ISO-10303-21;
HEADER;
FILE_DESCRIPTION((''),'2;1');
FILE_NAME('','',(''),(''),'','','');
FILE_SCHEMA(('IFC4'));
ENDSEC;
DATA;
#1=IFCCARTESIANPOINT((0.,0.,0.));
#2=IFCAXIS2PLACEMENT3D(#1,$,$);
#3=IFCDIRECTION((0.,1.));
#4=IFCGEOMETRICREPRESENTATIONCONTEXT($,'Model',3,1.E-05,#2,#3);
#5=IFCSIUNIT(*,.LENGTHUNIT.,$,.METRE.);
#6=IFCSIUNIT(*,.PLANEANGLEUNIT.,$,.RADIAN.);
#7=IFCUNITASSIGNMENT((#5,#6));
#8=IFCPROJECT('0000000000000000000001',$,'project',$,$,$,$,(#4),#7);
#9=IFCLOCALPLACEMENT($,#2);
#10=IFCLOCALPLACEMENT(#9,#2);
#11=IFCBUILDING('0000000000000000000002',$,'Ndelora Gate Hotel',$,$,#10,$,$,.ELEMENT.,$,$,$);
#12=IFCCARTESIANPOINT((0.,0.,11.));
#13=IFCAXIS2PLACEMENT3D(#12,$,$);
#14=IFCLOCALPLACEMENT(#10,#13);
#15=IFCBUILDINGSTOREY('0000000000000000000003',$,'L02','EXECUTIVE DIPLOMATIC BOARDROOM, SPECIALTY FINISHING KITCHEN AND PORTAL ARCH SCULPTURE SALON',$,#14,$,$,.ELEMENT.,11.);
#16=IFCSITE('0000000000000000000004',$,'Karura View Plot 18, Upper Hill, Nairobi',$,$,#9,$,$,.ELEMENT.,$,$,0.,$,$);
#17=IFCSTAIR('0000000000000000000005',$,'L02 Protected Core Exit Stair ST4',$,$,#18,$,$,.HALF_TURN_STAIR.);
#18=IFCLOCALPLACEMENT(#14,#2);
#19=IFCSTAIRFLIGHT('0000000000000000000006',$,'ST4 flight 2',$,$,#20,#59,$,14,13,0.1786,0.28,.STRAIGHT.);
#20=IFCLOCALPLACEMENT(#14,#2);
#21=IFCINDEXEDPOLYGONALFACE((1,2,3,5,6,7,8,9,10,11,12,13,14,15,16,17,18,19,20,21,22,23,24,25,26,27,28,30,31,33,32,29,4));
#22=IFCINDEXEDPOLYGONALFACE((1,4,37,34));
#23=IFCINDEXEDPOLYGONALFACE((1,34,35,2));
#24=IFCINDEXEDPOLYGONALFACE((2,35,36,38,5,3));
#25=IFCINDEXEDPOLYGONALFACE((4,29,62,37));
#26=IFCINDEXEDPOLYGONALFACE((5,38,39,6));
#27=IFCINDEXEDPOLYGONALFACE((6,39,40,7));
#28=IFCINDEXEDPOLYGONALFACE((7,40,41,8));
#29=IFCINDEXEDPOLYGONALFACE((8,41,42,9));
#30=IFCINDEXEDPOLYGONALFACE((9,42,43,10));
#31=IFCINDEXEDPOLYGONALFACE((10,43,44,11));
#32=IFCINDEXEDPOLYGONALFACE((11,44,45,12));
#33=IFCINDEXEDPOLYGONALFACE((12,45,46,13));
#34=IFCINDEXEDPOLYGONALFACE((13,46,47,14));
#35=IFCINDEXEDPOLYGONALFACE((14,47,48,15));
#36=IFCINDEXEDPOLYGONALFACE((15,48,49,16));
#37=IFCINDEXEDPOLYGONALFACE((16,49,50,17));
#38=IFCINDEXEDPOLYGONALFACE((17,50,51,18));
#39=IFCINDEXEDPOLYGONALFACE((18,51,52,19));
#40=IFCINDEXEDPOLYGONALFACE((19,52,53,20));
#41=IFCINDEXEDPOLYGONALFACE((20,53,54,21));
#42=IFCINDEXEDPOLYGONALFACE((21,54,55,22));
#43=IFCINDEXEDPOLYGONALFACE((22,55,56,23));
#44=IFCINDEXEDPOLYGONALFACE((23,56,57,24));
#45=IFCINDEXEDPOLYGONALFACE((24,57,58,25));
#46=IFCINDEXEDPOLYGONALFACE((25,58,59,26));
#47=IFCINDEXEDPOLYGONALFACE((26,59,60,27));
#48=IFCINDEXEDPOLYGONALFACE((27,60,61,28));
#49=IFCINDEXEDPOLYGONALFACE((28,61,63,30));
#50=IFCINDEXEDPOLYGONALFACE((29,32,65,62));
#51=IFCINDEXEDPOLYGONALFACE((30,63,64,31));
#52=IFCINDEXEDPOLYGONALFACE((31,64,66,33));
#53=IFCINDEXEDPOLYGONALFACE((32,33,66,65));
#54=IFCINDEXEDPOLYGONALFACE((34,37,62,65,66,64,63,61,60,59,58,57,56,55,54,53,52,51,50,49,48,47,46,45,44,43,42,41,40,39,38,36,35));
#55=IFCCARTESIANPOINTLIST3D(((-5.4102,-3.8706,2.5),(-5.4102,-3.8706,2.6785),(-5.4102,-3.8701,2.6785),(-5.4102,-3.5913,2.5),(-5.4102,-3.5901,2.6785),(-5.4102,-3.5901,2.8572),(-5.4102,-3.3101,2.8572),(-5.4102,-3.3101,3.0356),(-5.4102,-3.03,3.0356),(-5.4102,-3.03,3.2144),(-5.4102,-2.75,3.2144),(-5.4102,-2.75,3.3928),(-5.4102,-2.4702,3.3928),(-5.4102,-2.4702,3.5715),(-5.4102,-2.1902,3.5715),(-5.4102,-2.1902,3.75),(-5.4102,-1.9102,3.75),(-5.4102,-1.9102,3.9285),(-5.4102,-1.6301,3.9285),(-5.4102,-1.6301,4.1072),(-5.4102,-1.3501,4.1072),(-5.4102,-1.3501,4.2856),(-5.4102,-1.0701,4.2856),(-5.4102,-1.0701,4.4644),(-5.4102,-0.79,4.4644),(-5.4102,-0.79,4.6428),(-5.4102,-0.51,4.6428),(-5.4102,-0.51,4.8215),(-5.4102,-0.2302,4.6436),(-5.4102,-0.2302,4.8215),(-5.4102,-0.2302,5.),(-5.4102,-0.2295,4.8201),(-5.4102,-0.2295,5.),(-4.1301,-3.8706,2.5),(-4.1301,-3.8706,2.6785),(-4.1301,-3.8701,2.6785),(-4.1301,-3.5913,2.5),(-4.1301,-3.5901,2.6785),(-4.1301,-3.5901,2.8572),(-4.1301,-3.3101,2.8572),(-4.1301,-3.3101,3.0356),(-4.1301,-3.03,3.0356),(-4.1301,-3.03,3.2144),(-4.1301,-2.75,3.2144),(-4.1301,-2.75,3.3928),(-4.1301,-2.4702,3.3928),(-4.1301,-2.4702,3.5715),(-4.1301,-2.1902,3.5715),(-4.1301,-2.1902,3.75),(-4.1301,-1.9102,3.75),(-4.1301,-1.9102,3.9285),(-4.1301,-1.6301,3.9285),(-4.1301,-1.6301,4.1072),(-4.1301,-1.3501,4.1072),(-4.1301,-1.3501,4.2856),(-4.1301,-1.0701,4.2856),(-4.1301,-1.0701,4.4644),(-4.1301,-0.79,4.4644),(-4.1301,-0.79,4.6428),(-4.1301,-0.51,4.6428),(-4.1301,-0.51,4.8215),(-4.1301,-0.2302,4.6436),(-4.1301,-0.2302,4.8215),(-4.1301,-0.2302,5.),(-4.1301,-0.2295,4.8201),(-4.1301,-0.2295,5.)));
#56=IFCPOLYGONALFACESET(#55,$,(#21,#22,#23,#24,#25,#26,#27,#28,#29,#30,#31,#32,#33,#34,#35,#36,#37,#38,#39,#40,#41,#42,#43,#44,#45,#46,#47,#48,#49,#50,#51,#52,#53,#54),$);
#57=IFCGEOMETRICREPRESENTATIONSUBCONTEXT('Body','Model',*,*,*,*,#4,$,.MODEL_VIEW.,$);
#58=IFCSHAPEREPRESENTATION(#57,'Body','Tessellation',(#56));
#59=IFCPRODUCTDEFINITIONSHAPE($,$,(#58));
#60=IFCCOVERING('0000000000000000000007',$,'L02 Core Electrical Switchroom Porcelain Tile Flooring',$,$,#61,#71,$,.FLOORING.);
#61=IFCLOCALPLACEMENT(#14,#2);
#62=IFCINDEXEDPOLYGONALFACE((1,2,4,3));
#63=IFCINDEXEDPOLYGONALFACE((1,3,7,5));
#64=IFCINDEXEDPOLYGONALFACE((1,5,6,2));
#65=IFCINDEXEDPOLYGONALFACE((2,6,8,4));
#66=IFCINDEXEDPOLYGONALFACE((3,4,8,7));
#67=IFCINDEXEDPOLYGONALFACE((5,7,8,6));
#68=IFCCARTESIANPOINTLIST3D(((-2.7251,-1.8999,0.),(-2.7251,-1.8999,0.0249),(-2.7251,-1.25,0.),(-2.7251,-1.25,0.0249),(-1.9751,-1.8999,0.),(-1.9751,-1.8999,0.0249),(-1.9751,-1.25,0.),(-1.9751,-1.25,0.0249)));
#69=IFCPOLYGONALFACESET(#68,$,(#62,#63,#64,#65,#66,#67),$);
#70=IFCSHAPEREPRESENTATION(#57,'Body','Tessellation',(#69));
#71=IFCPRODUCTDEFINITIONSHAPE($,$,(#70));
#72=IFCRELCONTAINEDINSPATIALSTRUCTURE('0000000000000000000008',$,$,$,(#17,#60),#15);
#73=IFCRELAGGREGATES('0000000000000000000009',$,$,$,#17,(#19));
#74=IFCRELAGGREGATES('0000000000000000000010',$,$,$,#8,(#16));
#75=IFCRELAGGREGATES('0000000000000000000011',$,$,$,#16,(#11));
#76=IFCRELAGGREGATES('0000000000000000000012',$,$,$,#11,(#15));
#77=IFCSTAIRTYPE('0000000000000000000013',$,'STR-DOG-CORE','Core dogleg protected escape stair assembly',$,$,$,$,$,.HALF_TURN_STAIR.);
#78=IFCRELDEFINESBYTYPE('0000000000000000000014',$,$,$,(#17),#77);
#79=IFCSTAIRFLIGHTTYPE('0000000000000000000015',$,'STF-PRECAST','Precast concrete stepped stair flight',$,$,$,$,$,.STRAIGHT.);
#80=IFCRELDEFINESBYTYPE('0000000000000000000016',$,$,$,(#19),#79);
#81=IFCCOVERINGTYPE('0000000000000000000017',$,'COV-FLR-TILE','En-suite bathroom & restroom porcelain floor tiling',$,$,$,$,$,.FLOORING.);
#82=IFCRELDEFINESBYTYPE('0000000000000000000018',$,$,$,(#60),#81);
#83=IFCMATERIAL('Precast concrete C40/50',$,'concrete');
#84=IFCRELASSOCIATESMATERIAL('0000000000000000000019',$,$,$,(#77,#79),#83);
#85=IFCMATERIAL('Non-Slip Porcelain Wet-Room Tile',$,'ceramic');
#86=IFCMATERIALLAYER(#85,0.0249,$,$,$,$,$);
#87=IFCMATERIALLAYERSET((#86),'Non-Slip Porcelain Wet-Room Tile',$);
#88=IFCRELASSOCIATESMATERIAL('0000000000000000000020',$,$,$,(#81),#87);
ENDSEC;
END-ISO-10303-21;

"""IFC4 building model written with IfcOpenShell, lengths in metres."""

from ifc_helpers import new_model, si_unit, direction, frame, origin, origin_2d, place, context, subcontext, project, spatial, polyline, rectangle, outline, extrude, material, layer, layer_set, type_object, element, aggregate, save


model = new_model("IFC4")

# Units and contexts
model_context = context("Model", 3, precision=1e-05, world=origin(), true_north=direction((0.0, 1.0)))
body_context = subcontext(model_context, "Body", "Model", "MODEL_VIEW")
ifc_project = project(units=[si_unit("LENGTHUNIT", "METRE"), si_unit("PLANEANGLEUNIT", "RADIAN")], contexts=[model_context])

# Site, building, storey
site_placement = place(None, origin())
site = spatial("IfcSite", under=ifc_project, at=site_placement, Name="Karura View Plot 18, Upper Hill, Nairobi", CompositionType="ELEMENT", RefElevation=0.0)
building_placement = place(site_placement, origin())
building = spatial("IfcBuilding", under=site, at=building_placement, Name="Ndelora Gate Hotel", CompositionType="ELEMENT")
storey_placement = place(building_placement, frame((0.0, 0.0, 11.0)))
storey = spatial("IfcBuildingStorey", under=building, at=storey_placement, Name="L02", Description="EXECUTIVE DIPLOMATIC BOARDROOM, SPECIALTY FINISHING KITCHEN AND PORTAL ARCH SCULPTURE SALON", CompositionType="ELEMENT", Elevation=11.0)

# Stair, stair flight
ifc_material_1 = material(Name="Precast concrete C40/50", Category="concrete")
stair_type = type_object("IfcStairType", Name="STR-DOG-CORE", Description="Core dogleg protected escape stair assembly", PredefinedType="HALF_TURN_STAIR", material=ifc_material_1)
stair_placement = place(storey_placement, origin())
stair = element("IfcStair", 1, at=stair_placement, inside=storey, type_object=stair_type, Name="L02 Protected Core Exit Stair ST4", PredefinedType="HALF_TURN_STAIR")
stair_flight_type = type_object("IfcStairFlightType", Name="STF-PRECAST", Description="Precast concrete stepped stair flight", PredefinedType="STRAIGHT", material=ifc_material_1)
stair_flight_1_placement = place(storey_placement, frame((-4.77, -3.8701, 2.5), z_axis=(0.0, 0.0, 1.0), x_axis=(0.0, 1.0, 0.0)))
stair_flight_1 = element("IfcStairFlight", 2, at=stair_flight_1_placement, type_object=stair_flight_type, Name="ST4 flight 2", NumberOfRisers=14, NumberOfTreads=13, PredefinedType="STRAIGHT", RiserHeight=0.1786, TreadLength=0.28, context=body_context, shape_type="SweptSolid", body=[
    extrude(outline(polyline([(-0.0005, 0.0), (-0.0005, 0.1785), (0.0, 0.1785), (0.28, 0.1785), (0.28, 0.3572), (0.5601, 0.3572), (0.5601, 0.5356), (0.8401, 0.5356), (0.8401, 0.7144), (1.1201, 0.7144), (1.1201, 0.8928), (1.3999, 0.8928), (1.3999, 1.0715), (1.6799, 1.0715), (1.6799, 1.25), (1.96, 1.25), (1.96, 1.4285), (2.24, 1.4285), (2.24, 1.6072), (2.52, 1.6072), (2.52, 1.7856), (2.8, 1.7856), (2.8, 1.9644), (3.0801, 1.9644), (3.0801, 2.1428), (3.3601, 2.1428), (3.3601, 2.3215), (3.6399, 2.3215), (3.6399, 2.5), (3.6406, 2.5), (3.6406, 2.3201), (3.6399, 2.1436), (0.2788, 0.0), (-0.0005, 0.0)])), frame((0.0, 0.6401, 0.0), z_axis=(0.0, -1.0, 0.0), x_axis=(1.0, 0.0, 0.0)), (0.0, 0.0, 1.0), 1.28),
])
aggregate(stair, [stair_flight_1])

# Covering
ifc_material_2 = material(Name="Non-Slip Porcelain Wet-Room Tile", Category="ceramic")
ifc_layer_1 = layer(ifc_material_2, 0.0249)
ifc_layer_set_1 = layer_set([ifc_layer_1], Name="Non-Slip Porcelain Wet-Room Tile")
covering_type = type_object("IfcCoveringType", Name="COV-FLR-TILE", Description="En-suite bathroom & restroom porcelain floor tiling", PredefinedType="FLOORING", material=ifc_layer_set_1)
covering_placement = place(storey_placement, frame((-2.3501, -1.575, 0.0), z_axis=(0.0, 0.0, 1.0), x_axis=(1.0, 0.0, 0.0)))
element("IfcCovering", 3, at=covering_placement, inside=storey, type_object=covering_type, Name="L02 Core Electrical Switchroom Porcelain Tile Flooring", PredefinedType="FLOORING", context=body_context, shape_type="SweptSolid", body=[
    extrude(rectangle(XDim=0.75, YDim=0.6499, at=origin_2d()), origin(), (0.0, 0.0, 1.0), 0.0249),
])

save(model, "model.ifc")
